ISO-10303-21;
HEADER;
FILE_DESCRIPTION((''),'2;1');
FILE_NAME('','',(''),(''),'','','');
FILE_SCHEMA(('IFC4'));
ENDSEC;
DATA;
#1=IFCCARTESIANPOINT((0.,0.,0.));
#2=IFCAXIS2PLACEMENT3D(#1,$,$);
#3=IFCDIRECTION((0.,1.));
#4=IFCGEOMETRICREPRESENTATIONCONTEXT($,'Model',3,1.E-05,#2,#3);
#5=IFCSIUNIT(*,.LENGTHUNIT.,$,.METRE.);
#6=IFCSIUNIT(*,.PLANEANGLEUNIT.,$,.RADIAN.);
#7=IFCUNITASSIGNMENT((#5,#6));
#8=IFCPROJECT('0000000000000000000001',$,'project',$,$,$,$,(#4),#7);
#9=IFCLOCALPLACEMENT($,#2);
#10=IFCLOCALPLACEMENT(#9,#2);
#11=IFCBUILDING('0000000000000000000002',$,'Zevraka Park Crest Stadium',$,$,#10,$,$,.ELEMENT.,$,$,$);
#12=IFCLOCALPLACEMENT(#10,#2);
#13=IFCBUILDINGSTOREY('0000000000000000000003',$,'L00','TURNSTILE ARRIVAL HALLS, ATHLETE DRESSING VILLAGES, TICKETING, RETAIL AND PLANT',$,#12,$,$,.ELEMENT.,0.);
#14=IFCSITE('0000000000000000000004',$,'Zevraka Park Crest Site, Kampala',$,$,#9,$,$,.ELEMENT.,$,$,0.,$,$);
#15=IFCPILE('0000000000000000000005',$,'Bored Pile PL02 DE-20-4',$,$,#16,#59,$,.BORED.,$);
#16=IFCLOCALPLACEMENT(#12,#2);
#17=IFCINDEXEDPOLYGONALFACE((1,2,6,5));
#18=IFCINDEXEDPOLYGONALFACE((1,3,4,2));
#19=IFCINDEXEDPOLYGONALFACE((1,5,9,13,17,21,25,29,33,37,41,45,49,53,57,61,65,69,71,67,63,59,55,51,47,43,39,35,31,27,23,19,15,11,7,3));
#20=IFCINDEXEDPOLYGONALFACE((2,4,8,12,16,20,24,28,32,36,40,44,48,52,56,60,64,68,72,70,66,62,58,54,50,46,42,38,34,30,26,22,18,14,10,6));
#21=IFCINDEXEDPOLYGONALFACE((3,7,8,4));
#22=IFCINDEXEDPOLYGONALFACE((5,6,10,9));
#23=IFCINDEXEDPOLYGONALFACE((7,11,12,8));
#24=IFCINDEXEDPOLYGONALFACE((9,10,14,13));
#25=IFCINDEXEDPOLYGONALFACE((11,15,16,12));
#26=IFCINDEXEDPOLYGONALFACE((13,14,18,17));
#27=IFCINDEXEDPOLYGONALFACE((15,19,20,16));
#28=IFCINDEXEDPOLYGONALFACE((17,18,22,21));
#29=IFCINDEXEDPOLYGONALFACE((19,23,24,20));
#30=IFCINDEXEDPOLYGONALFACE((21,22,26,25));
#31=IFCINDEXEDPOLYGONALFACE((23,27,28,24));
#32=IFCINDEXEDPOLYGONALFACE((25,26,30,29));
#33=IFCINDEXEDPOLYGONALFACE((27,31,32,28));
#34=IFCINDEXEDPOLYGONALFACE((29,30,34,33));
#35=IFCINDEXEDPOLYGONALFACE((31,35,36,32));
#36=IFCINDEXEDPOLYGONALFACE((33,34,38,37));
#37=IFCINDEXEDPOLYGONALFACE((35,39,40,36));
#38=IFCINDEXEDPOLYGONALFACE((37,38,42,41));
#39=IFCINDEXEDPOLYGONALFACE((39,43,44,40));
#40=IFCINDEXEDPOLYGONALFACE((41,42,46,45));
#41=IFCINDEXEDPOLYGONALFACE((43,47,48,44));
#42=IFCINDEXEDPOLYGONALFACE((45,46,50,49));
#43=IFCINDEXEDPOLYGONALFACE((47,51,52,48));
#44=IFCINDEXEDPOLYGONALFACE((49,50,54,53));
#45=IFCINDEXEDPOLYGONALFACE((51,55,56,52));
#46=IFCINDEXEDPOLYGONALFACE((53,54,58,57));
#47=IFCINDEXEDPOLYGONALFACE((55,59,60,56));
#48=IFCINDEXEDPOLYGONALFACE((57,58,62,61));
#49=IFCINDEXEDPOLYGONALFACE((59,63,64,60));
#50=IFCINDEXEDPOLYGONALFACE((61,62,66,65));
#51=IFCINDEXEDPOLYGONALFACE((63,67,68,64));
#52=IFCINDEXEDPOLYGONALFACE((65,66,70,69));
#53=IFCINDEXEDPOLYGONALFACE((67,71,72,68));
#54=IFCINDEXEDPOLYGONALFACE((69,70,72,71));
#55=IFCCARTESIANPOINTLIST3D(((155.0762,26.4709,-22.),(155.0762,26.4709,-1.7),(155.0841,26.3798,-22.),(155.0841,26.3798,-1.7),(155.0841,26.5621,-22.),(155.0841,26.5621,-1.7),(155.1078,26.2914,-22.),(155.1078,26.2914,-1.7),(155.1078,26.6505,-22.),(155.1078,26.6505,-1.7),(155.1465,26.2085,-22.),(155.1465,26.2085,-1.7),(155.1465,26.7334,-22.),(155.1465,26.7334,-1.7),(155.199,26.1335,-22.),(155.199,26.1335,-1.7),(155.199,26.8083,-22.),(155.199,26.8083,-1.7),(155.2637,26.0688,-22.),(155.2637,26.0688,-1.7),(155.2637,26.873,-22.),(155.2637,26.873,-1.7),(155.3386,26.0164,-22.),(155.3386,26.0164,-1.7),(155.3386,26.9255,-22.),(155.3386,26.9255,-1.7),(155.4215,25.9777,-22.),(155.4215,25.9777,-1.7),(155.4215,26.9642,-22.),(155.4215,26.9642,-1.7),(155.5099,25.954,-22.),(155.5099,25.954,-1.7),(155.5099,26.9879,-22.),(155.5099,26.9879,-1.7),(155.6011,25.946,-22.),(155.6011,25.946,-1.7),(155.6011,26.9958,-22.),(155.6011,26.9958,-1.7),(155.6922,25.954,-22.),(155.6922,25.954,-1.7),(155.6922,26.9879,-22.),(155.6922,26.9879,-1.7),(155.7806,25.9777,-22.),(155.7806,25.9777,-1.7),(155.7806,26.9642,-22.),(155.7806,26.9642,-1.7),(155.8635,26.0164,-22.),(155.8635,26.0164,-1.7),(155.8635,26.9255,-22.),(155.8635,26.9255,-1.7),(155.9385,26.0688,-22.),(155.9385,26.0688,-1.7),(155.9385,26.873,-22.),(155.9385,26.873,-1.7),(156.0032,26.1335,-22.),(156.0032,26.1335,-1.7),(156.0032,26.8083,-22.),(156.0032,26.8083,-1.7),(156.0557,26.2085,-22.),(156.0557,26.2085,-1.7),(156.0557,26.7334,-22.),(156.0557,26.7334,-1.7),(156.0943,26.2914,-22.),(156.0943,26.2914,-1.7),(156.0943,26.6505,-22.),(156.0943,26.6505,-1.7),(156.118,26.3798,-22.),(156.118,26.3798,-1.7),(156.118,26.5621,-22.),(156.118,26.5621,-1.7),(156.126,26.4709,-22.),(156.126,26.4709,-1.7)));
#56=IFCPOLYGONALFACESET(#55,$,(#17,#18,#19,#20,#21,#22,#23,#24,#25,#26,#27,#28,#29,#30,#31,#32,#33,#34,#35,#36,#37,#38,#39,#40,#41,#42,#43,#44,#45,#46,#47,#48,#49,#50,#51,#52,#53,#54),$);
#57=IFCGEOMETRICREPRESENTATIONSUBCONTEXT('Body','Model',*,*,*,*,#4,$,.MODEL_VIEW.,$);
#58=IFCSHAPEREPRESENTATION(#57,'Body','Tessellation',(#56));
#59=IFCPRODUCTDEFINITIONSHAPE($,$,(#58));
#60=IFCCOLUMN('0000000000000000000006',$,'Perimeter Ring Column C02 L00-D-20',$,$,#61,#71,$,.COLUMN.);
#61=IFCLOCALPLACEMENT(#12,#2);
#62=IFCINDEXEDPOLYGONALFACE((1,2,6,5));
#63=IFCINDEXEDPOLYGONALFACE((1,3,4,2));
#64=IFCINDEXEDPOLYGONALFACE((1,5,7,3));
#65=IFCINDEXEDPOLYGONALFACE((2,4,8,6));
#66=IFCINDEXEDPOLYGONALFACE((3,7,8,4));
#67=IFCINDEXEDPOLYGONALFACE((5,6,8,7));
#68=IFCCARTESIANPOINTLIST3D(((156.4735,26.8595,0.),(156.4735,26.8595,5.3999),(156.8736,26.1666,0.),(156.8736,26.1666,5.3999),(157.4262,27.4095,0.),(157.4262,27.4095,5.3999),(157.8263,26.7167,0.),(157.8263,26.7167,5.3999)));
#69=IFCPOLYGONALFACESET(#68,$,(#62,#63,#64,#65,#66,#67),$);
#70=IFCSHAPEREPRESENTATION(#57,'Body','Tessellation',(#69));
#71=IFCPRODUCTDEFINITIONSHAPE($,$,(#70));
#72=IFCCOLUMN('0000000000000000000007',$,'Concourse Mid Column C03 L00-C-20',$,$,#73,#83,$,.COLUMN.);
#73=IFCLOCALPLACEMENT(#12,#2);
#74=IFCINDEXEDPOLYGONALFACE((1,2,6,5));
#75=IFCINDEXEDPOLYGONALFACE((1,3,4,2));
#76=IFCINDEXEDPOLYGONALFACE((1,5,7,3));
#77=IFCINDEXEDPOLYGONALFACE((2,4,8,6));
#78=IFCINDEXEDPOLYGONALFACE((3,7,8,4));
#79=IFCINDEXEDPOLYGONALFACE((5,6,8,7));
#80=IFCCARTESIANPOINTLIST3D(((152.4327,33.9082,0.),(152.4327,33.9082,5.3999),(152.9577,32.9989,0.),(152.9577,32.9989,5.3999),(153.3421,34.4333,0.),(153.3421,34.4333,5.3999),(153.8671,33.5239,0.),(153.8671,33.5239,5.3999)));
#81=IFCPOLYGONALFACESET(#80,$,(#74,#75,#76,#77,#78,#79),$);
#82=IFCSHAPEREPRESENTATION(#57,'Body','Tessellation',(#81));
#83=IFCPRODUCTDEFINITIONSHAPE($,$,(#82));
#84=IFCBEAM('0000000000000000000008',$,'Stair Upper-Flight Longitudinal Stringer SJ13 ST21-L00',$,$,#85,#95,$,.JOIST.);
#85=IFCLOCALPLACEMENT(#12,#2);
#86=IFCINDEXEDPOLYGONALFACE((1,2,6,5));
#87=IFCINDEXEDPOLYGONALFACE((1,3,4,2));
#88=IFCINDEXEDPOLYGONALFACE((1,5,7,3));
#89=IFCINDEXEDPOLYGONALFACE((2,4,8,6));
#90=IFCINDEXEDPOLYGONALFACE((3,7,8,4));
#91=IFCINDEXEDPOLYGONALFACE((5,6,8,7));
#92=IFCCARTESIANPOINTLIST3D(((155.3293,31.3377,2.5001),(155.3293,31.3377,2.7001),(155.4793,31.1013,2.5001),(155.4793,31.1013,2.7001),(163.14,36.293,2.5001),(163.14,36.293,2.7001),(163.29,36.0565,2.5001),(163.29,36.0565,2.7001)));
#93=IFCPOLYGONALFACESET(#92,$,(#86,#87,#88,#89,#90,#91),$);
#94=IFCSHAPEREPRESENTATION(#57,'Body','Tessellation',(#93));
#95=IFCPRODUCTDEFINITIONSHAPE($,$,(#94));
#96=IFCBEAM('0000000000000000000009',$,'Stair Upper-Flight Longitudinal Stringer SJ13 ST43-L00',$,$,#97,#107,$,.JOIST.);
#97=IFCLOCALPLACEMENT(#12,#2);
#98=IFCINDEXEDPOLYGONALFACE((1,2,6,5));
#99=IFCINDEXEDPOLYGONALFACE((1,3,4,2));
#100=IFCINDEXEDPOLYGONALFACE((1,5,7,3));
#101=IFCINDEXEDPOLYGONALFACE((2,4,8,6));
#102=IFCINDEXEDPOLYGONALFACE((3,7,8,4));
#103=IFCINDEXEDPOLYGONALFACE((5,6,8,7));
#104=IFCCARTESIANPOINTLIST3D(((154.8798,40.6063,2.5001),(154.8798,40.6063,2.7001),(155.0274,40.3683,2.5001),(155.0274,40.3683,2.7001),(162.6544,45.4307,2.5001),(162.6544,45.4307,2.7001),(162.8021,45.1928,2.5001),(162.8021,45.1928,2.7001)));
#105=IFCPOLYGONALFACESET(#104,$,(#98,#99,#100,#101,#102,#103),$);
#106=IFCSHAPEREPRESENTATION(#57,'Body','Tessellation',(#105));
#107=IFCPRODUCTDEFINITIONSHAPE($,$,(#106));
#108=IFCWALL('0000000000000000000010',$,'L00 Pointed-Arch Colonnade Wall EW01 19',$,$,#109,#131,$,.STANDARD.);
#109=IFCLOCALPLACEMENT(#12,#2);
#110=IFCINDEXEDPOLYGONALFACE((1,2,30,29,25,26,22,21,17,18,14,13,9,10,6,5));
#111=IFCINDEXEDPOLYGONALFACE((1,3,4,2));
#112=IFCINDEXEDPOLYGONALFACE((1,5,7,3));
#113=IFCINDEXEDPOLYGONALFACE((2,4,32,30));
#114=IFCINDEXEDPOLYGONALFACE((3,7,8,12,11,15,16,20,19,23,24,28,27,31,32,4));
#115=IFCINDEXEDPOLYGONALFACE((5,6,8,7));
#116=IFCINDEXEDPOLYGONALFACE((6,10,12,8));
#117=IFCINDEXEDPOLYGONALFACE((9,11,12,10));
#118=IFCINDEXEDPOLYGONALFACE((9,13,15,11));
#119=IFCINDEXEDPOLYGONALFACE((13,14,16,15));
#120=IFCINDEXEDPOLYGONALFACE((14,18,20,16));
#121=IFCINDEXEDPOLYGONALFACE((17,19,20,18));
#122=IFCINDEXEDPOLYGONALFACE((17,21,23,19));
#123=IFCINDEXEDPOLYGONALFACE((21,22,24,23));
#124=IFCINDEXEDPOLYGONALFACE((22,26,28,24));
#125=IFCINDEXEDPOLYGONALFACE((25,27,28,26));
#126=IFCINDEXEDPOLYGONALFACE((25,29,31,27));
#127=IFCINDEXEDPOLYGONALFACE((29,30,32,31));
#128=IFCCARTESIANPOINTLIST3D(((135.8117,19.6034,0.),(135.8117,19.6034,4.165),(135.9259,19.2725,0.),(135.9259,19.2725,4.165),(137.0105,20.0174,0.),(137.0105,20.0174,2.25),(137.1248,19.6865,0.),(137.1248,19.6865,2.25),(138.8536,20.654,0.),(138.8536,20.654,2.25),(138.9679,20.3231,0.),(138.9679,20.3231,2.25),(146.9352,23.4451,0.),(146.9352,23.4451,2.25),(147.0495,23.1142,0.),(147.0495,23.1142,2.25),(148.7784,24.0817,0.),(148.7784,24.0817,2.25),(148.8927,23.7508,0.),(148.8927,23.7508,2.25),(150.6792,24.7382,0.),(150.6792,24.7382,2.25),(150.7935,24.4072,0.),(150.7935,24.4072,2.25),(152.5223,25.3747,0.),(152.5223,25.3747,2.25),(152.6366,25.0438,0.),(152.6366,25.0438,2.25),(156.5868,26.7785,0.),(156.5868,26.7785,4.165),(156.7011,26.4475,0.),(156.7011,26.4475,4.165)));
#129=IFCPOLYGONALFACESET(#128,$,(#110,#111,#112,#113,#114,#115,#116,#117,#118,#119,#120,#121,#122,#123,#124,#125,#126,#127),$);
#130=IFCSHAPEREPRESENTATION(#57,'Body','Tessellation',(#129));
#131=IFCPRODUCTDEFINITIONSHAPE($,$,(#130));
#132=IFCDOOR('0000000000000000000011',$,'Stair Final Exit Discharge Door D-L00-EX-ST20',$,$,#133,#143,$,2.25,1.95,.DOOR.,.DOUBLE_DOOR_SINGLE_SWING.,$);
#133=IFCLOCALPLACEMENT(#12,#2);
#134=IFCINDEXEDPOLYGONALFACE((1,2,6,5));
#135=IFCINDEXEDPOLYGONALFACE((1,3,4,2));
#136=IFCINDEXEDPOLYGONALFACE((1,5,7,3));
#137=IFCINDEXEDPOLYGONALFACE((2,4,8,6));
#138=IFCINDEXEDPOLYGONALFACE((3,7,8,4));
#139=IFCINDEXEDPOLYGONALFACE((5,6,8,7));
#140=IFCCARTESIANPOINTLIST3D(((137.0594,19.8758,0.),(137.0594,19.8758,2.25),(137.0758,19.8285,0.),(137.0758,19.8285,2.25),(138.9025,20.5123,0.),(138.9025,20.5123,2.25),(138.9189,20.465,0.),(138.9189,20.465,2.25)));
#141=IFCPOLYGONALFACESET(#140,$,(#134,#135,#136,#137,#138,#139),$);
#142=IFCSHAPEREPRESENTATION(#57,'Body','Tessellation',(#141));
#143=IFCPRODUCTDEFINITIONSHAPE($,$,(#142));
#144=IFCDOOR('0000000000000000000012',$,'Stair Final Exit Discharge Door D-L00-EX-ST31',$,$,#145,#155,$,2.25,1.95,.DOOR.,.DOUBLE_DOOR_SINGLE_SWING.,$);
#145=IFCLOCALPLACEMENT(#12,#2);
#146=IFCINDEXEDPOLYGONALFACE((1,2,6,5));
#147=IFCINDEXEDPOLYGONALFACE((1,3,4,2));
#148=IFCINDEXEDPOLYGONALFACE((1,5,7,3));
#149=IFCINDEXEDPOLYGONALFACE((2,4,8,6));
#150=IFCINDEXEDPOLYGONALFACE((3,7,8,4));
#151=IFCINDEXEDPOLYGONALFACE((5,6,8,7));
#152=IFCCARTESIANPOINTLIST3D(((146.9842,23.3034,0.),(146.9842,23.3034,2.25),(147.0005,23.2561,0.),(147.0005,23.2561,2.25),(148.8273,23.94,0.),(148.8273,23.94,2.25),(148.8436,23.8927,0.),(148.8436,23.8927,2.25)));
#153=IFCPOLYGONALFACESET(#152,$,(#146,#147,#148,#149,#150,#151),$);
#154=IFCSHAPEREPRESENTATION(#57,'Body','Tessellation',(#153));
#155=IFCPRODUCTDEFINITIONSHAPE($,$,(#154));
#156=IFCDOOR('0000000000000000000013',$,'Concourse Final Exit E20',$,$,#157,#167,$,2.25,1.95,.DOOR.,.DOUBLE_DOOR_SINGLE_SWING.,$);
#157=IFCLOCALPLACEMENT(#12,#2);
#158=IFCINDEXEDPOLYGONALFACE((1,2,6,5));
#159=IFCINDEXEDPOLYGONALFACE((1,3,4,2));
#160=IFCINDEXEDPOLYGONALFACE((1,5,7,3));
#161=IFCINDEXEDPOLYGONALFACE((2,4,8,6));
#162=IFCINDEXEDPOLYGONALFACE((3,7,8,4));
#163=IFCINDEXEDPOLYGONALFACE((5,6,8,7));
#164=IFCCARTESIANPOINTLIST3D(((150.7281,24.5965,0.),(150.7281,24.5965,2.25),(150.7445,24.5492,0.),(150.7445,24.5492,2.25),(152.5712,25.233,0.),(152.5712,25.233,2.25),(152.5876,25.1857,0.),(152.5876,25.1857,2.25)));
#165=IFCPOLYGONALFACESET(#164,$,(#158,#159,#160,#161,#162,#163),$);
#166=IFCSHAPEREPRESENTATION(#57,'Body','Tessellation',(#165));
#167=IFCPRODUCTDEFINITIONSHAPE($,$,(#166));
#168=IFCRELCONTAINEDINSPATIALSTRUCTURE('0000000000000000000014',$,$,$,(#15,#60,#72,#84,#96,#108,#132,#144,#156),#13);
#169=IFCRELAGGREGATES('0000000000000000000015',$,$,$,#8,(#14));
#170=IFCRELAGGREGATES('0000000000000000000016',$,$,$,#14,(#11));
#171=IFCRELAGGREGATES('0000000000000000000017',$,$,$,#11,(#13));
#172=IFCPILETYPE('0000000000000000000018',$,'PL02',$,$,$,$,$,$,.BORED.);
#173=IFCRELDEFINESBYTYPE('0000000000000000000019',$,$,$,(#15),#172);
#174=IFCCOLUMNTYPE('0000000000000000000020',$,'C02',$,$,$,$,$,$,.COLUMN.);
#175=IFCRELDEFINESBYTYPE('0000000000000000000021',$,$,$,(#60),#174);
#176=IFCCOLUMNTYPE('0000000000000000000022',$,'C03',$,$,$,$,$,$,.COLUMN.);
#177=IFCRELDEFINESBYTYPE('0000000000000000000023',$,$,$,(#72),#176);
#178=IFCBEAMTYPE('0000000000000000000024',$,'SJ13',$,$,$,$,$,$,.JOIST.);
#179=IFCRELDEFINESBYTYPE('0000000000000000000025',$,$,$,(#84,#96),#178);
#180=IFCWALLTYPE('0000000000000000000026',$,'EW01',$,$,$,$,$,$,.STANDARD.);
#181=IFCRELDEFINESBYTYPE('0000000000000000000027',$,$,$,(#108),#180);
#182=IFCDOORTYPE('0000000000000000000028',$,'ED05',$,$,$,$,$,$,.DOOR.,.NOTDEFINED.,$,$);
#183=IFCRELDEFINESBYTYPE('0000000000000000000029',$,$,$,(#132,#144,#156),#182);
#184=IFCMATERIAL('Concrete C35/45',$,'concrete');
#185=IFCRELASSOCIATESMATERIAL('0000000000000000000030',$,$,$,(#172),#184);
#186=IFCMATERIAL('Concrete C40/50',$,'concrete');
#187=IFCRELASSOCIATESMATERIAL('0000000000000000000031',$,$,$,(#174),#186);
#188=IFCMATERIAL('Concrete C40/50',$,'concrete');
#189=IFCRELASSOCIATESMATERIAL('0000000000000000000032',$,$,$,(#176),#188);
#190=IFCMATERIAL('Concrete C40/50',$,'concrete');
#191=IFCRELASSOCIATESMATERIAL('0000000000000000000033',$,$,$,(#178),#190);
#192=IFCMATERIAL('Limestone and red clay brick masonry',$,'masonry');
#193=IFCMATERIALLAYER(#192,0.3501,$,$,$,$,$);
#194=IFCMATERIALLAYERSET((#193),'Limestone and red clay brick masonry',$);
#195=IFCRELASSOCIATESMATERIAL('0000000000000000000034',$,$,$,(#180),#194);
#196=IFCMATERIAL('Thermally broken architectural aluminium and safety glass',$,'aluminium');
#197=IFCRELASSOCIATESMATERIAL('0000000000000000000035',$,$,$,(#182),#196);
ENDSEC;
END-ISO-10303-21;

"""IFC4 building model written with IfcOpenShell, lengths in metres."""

from ifc_helpers import new_model, si_unit, direction, frame, frame_2d, origin, origin_2d, place, context, subcontext, project, spatial, rectangle, circle, extrude, material, layer, layer_set, material_profile, profile_set, type_object, element, fill, save


model = new_model("IFC4")

# Units and contexts
model_context = context("Model", 3, precision=1e-05, world=origin(), true_north=direction((0.0, 1.0)))
body_context = subcontext(model_context, "Body", "Model", "MODEL_VIEW")
ifc_project = project(units=[si_unit("LENGTHUNIT", "METRE"), si_unit("PLANEANGLEUNIT", "RADIAN")], contexts=[model_context])

# Site, building, storey
site_placement = place(None, origin())
site = spatial("IfcSite", under=ifc_project, at=site_placement, Name="Zevraka Park Crest Site, Kampala", CompositionType="ELEMENT", RefElevation=0.0)
building_placement = place(site_placement, origin())
building = spatial("IfcBuilding", under=site, at=building_placement, Name="Zevraka Park Crest Stadium", CompositionType="ELEMENT")
storey_placement = place(building_placement, origin())
storey = spatial("IfcBuildingStorey", under=building, at=storey_placement, Name="L00", Description="TURNSTILE ARRIVAL HALLS, ATHLETE DRESSING VILLAGES, TICKETING, RETAIL AND PLANT", CompositionType="ELEMENT", Elevation=0.0)

# Pile
ifc_material_1 = material(Name="Concrete C35/45", Category="concrete")
ifc_material_profile_1 = material_profile(ifc_material_1, circle(Radius=0.5249, at=origin_2d()), Name="PILE D1050")
ifc_profile_set_1 = profile_set([ifc_material_profile_1], Name="Concrete C35/45")
pile_type_1 = type_object("IfcPileType", Name="PL02", PredefinedType="BORED", material=ifc_profile_set_1)
for number, where, z_axis, x_axis, name in (
    (1, (155.6011, 26.4709, -1.7), (0.0, 0.0, -1.0), (1.0, 0.0, 0.0), "Bored Pile PL02 DE-20-4"),
):
    element("IfcPile", number, at=place(storey_placement, frame(where, z_axis=z_axis, x_axis=x_axis)), inside=storey, type_object=pile_type_1, Name=name, PredefinedType="BORED", context=body_context, shape_type="SweptSolid", body=[
        extrude(circle(Radius=0.5249, at=origin_2d()), origin(), (0.0, 0.0, 1.0), 20.3),
    ])

# Columns
ifc_material_2 = material(Name="Concrete C40/50", Category="concrete")
ifc_material_profile_2 = material_profile(ifc_material_2, rectangle(XDim=0.8, YDim=1.1001, at=origin_2d()), Name="RC 1100x800")
ifc_profile_set_2 = profile_set([ifc_material_profile_2], Name="Concrete C40/50")
column_type_1 = type_object("IfcColumnType", Name="C02", PredefinedType="COLUMN", material=ifc_profile_set_2)
column_1_placement = place(storey_placement, frame((157.1499, 26.7881, 0.0), z_axis=(0.0, 0.0, 1.0), x_axis=(-0.5, 0.866025, 0.0)))
element("IfcColumn", 2, at=column_1_placement, inside=storey, type_object=column_type_1, Name="Perimeter Ring Column C02 L00-D-20", PredefinedType="COLUMN", context=body_context, shape_type="SweptSolid", body=[
    extrude(rectangle(XDim=0.8, YDim=1.1001, at=origin_2d()), origin(), (0.0, 0.0, 1.0), 5.3999),
])
ifc_material_3 = material(Name="Concrete C40/50", Category="concrete")
ifc_material_profile_3 = material_profile(ifc_material_3, rectangle(XDim=1.05, YDim=1.05, at=origin_2d()), Name="RC 1050x1050")
ifc_profile_set_3 = profile_set([ifc_material_profile_3], Name="Concrete C40/50")
column_type_2 = type_object("IfcColumnType", Name="C03", PredefinedType="COLUMN", material=ifc_profile_set_3)
column_2_placement = place(storey_placement, frame((153.1499, 33.7161, 0.0), z_axis=(0.0, 0.0, 1.0), x_axis=(-0.5, 0.866025, 0.0)))
element("IfcColumn", 3, at=column_2_placement, inside=storey, type_object=column_type_2, Name="Concourse Mid Column C03 L00-C-20", PredefinedType="COLUMN", context=body_context, shape_type="SweptSolid", body=[
    extrude(rectangle(XDim=1.05, YDim=1.05, at=origin_2d()), origin(), (0.0, 0.0, 1.0), 5.3999),
])

# Beams
ifc_material_4 = material(Name="Concrete C40/50", Category="concrete")
ifc_material_profile_4 = material_profile(ifc_material_4, rectangle(XDim=0.28, YDim=0.2, at=origin_2d()), Name="RC 200x280")
ifc_profile_set_4 = profile_set([ifc_material_profile_4], Name="Concrete C40/50")
beam_type = type_object("IfcBeamType", Name="SJ13", PredefinedType="JOIST", material=ifc_profile_set_4)
beam_1_placement = place(storey_placement, frame((155.4043, 31.2195, 2.6001), z_axis=(0.844404, 0.535707, 0.0), x_axis=(-0.535707, 0.844404, 0.0)))
element("IfcBeam", 4, at=beam_1_placement, inside=storey, type_object=beam_type, Name="Stair Upper-Flight Longitudinal Stringer SJ13 ST21-L00", PredefinedType="JOIST", context=body_context, shape_type="SweptSolid", body=[
    extrude(rectangle(XDim=0.28, YDim=0.2, at=origin_2d()), origin(), (0.0, 0.0, 1.0), 9.25),
])
beam_2_placement = place(storey_placement, frame((154.9536, 40.4873, 2.6001), z_axis=(0.849698, 0.527269, 0.0), x_axis=(-0.527269, 0.849698, 0.0)))
element("IfcBeam", 5, at=beam_2_placement, inside=storey, type_object=beam_type, Name="Stair Upper-Flight Longitudinal Stringer SJ13 ST43-L00", PredefinedType="JOIST", context=body_context, shape_type="SweptSolid", body=[
    extrude(rectangle(XDim=0.28, YDim=0.2, at=origin_2d()), origin(), (0.0, 0.0, 1.0), 9.1499),
])

# Wall, openings, doors
ifc_material_5 = material(Name="Limestone and red clay brick masonry", Category="masonry")
ifc_layer_1 = layer(ifc_material_5, 0.3501)
ifc_layer_set_1 = layer_set([ifc_layer_1], Name="Limestone and red clay brick masonry")
wall_type_1 = type_object("IfcWallType", Name="EW01", PredefinedType="STANDARD", material=ifc_layer_set_1)
wall_1_placement = place(storey_placement, frame((156.644, 26.613, 0.0), z_axis=(0.0, 0.0, 1.0), x_axis=(-0.945216, -0.326446, 0.0)))
wall_1 = element("IfcWall", 6, at=wall_1_placement, inside=storey, type_object=wall_type_1, Name="L00 Pointed-Arch Colonnade Wall EW01 19", PredefinedType="STANDARD", context=body_context, shape_type="SweptSolid", body=[
    extrude(rectangle(XDim=21.9792, YDim=0.3501, at=frame_2d((10.9897, 0.0))), origin(), (0.0, 0.0, 1.0), 4.165),
])
opening_1_placement = place(wall_1_placement, frame((18.761, 0.0, 0.0)))
opening_1 = element("IfcOpeningElement", 7, at=opening_1_placement, cuts=wall_1, PredefinedType="OPENING", context=body_context, shape_type="SweptSolid", body=[
    extrude(rectangle(XDim=1.95, YDim=2.25, at=frame_2d((0.9751, 1.125))), frame((0.0, 0.1851, 0.0), z_axis=(0.0, -1.0, 0.0), x_axis=(1.0, 0.0, 0.0)), (0.0, 0.0, 1.0), 0.3701),
])
opening_2_placement = place(wall_1_placement, frame((8.261, 0.0, 0.0)))
opening_2 = element("IfcOpeningElement", 8, at=opening_2_placement, cuts=wall_1, PredefinedType="OPENING", context=body_context, shape_type="SweptSolid", body=[
    extrude(rectangle(XDim=1.95, YDim=2.25, at=frame_2d((0.9751, 1.125))), frame((0.0, 0.1851, 0.0), z_axis=(0.0, -1.0, 0.0), x_axis=(1.0, 0.0, 0.0)), (0.0, 0.0, 1.0), 0.3701),
])
opening_3_placement = place(wall_1_placement, frame((4.3, 0.0, 0.0)))
opening_3 = element("IfcOpeningElement", 9, at=opening_3_placement, cuts=wall_1, PredefinedType="OPENING", context=body_context, shape_type="SweptSolid", body=[
    extrude(rectangle(XDim=1.95, YDim=2.25, at=frame_2d((0.9751, 1.125))), frame((0.0, 0.1851, 0.0), z_axis=(0.0, -1.0, 0.0), x_axis=(1.0, 0.0, 0.0)), (0.0, 0.0, 1.0), 0.3701),
])
ifc_material_6 = material(Name="Thermally broken architectural aluminium and safety glass", Category="aluminium")
door_type_1 = type_object("IfcDoorType", Name="ED05", OperationType="NOTDEFINED", PredefinedType="DOOR", material=ifc_material_6)
door_1_placement = place(opening_1_placement, origin())
door_1 = element("IfcDoor", 10, at=door_1_placement, inside=storey, type_object=door_type_1, Name="Stair Final Exit Discharge Door D-L00-EX-ST20", OperationType="DOUBLE_DOOR_SINGLE_SWING", OverallHeight=2.25, OverallWidth=1.95, PredefinedType="DOOR", context=body_context, shape_type="SweptSolid", body=[
    extrude(rectangle(XDim=1.95, YDim=2.25, at=frame_2d((0.9751, 1.125))), frame((0.0, 0.0249, 0.0), z_axis=(0.0, -1.0, 0.0), x_axis=(1.0, 0.0, 0.0)), (0.0, 0.0, 1.0), 0.05),
])
fill(opening_1, door_1)
door_2_placement = place(opening_2_placement, origin())
door_2 = element("IfcDoor", 11, at=door_2_placement, inside=storey, type_object=door_type_1, Name="Stair Final Exit Discharge Door D-L00-EX-ST31", OperationType="DOUBLE_DOOR_SINGLE_SWING", OverallHeight=2.25, OverallWidth=1.95, PredefinedType="DOOR", context=body_context, shape_type="SweptSolid", body=[
    extrude(rectangle(XDim=1.95, YDim=2.25, at=frame_2d((0.9751, 1.125))), frame((0.0, 0.0249, 0.0), z_axis=(0.0, -1.0, 0.0), x_axis=(1.0, 0.0, 0.0)), (0.0, 0.0, 1.0), 0.05),
])
fill(opening_2, door_2)
door_3_placement = place(opening_3_placement, origin())
door_3 = element("IfcDoor", 12, at=door_3_placement, inside=storey, type_object=door_type_1, Name="Concourse Final Exit E20", OperationType="DOUBLE_DOOR_SINGLE_SWING", OverallHeight=2.25, OverallWidth=1.95, PredefinedType="DOOR", context=body_context, shape_type="SweptSolid", body=[
    extrude(rectangle(XDim=1.95, YDim=2.25, at=frame_2d((0.9751, 1.125))), frame((0.0, 0.0249, 0.0), z_axis=(0.0, -1.0, 0.0), x_axis=(1.0, 0.0, 0.0)), (0.0, 0.0, 1.0), 0.05),
])
fill(opening_3, door_3)

save(model, "model.ifc")
